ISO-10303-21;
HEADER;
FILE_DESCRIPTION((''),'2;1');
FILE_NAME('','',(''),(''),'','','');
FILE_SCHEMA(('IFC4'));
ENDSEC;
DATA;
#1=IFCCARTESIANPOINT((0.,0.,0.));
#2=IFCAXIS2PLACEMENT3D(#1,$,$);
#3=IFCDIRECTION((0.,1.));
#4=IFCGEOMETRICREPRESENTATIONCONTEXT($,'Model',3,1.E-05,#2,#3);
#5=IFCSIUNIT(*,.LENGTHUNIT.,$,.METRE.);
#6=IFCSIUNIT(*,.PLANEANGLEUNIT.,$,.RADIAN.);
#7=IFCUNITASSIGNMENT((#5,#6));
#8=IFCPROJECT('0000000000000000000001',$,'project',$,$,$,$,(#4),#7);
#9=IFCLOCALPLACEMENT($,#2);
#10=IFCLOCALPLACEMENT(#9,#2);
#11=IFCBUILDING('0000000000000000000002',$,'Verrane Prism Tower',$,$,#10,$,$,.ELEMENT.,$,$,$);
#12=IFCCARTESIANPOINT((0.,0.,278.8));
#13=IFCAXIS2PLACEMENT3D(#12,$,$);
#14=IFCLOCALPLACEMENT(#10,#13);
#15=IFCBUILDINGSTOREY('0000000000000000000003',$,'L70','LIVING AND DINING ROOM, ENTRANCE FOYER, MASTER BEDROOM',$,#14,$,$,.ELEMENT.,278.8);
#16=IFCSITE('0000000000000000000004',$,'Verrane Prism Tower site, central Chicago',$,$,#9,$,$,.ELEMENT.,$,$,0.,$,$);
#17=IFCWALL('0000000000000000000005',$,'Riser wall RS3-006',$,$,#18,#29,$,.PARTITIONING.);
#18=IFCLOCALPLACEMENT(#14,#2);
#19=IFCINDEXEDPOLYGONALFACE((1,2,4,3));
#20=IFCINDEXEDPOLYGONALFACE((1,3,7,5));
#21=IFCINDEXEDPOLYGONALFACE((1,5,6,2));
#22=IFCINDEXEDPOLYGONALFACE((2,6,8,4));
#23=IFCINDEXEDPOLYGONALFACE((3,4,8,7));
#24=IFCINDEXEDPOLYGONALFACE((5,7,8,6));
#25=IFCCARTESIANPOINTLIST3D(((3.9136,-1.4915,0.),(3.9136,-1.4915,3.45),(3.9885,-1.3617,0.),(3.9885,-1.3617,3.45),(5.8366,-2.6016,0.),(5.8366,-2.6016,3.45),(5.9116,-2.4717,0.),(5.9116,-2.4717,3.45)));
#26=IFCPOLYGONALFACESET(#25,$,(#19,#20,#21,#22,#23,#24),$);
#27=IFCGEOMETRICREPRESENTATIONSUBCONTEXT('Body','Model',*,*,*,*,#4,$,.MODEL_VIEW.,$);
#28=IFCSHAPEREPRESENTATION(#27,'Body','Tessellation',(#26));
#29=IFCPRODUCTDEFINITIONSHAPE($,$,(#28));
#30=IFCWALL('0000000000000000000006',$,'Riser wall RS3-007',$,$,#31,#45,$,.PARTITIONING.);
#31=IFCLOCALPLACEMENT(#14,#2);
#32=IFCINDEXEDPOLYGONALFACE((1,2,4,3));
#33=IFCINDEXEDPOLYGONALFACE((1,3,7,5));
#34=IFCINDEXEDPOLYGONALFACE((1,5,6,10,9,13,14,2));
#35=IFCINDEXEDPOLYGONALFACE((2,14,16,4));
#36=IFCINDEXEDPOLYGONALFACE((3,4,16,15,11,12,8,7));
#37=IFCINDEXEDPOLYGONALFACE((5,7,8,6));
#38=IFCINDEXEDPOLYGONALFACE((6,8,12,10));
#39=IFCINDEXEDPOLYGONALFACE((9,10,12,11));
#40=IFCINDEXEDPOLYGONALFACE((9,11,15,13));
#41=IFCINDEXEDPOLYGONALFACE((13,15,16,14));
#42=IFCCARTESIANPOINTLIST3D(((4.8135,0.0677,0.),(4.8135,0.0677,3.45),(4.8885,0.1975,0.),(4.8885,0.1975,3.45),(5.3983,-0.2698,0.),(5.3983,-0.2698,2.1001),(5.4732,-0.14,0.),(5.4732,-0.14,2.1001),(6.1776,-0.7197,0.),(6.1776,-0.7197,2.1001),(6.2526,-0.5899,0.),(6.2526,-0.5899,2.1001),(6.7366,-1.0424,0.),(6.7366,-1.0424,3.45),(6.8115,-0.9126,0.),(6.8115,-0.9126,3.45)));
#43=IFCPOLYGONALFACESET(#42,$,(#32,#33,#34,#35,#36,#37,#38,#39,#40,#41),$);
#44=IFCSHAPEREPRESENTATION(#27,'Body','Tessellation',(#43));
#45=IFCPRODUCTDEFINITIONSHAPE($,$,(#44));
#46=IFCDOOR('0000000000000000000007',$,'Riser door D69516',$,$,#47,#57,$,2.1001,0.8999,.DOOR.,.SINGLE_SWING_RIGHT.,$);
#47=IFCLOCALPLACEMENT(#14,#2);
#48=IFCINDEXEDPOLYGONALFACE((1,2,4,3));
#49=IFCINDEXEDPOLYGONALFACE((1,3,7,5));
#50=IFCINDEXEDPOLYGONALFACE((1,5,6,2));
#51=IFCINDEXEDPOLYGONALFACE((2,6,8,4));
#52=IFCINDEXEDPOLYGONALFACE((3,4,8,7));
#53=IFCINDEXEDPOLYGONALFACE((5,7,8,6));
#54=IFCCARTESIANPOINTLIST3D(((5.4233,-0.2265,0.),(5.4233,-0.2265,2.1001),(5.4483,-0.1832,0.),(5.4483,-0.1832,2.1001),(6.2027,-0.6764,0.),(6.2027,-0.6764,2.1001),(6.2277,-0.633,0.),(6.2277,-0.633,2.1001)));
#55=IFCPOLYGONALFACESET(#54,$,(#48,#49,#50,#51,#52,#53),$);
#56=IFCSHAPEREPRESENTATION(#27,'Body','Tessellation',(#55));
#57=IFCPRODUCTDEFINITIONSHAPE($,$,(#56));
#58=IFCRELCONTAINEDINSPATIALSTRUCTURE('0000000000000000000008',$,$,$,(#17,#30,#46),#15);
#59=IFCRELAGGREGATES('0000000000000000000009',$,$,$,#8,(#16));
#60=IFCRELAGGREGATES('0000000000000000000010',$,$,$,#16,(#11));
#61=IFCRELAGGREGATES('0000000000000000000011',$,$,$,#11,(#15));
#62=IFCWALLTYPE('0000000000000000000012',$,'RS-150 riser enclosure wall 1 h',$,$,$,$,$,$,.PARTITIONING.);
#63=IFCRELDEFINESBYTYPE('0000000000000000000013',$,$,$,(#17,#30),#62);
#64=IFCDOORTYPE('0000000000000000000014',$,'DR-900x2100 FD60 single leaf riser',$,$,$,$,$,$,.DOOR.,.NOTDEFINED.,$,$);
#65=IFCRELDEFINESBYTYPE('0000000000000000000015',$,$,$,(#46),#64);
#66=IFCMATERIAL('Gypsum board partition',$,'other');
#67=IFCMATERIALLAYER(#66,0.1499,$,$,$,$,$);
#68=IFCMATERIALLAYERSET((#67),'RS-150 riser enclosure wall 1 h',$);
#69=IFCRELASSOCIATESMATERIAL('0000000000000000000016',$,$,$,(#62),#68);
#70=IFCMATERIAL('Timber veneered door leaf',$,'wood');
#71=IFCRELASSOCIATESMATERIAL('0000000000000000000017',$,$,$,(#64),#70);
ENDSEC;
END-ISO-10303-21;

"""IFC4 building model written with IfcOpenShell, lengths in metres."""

from ifc_helpers import new_model, si_unit, direction, frame, frame_2d, origin, place, context, subcontext, project, spatial, rectangle, extrude, material, layer, layer_set, type_object, element, fill, save


model = new_model("IFC4")

# Units and contexts
model_context = context("Model", 3, precision=1e-05, world=origin(), true_north=direction((0.0, 1.0)))
body_context = subcontext(model_context, "Body", "Model", "MODEL_VIEW")
ifc_project = project(units=[si_unit("LENGTHUNIT", "METRE"), si_unit("PLANEANGLEUNIT", "RADIAN")], contexts=[model_context])

# Site, building, storey
site_placement = place(None, origin())
site = spatial("IfcSite", under=ifc_project, at=site_placement, Name="Verrane Prism Tower site, central Chicago", CompositionType="ELEMENT", RefElevation=0.0)
building_placement = place(site_placement, origin())
building = spatial("IfcBuilding", under=site, at=building_placement, Name="Verrane Prism Tower", CompositionType="ELEMENT")
storey_placement = place(building_placement, frame((0.0, 0.0, 278.8)))
storey = spatial("IfcBuildingStorey", under=building, at=storey_placement, Name="L70", Description="LIVING AND DINING ROOM, ENTRANCE FOYER, MASTER BEDROOM", CompositionType="ELEMENT", Elevation=278.8)

# Wall
ifc_material_1 = material(Name="Gypsum board partition", Category="other")
ifc_layer_1 = layer(ifc_material_1, 0.1499)
ifc_layer_set_1 = layer_set([ifc_layer_1], Name="RS-150 riser enclosure wall 1 h")
wall_type_1 = type_object("IfcWallType", Name="RS-150 riser enclosure wall 1 h", PredefinedType="PARTITIONING", material=ifc_layer_set_1)
wall_1_placement = place(storey_placement, frame((3.9509, -1.4265, 0.0), z_axis=(0.0, 0.0, 1.0), x_axis=(0.866063, -0.499935, 0.0)))
element("IfcWall", 1, at=wall_1_placement, inside=storey, type_object=wall_type_1, Name="Riser wall RS3-006", PredefinedType="PARTITIONING", context=body_context, shape_type="SweptSolid", body=[
    extrude(rectangle(XDim=2.2205, YDim=0.1499, at=frame_2d((1.1104, 0.0))), origin(), (0.0, 0.0, 1.0), 3.45),
])

# Wall, opening, door
wall_2_placement = place(storey_placement, frame((6.7742, -0.9775, 0.0), z_axis=(0.0, 0.0, 1.0), x_axis=(-0.866063, 0.499935, 0.0)))
wall_2 = element("IfcWall", 2, at=wall_2_placement, inside=storey, type_object=wall_type_1, Name="Riser wall RS3-007", PredefinedType="PARTITIONING", context=body_context, shape_type="SweptSolid", body=[
    extrude(rectangle(XDim=2.2205, YDim=0.1499, at=frame_2d((1.1104, 0.0))), origin(), (0.0, 0.0, 1.0), 3.45),
])
opening_1_placement = place(wall_2_placement, frame((0.6455, 0.0, 0.0)))
opening_1 = element("IfcOpeningElement", 3, at=opening_1_placement, cuts=wall_2, PredefinedType="OPENING", context=body_context, shape_type="SweptSolid", body=[
    extrude(rectangle(XDim=0.8999, YDim=2.1001, at=frame_2d((0.45, 1.05))), frame((0.0, 0.085, 0.0), z_axis=(0.0, -1.0, 0.0), x_axis=(1.0, 0.0, 0.0)), (0.0, 0.0, 1.0), 0.1699),
])
ifc_material_2 = material(Name="Timber veneered door leaf", Category="wood")
door_type_1 = type_object("IfcDoorType", Name="DR-900x2100 FD60 single leaf riser", OperationType="NOTDEFINED", PredefinedType="DOOR", material=ifc_material_2)
door_1_placement = place(opening_1_placement, origin())
door_1 = element("IfcDoor", 4, at=door_1_placement, inside=storey, type_object=door_type_1, Name="Riser door D69516", OperationType="SINGLE_SWING_RIGHT", OverallHeight=2.1001, OverallWidth=0.8999, PredefinedType="DOOR", context=body_context, shape_type="SweptSolid", body=[
    extrude(rectangle(XDim=0.8999, YDim=2.1001, at=frame_2d((0.45, 1.05))), frame((0.0, 0.0249, 0.0), z_axis=(0.0, -1.0, 0.0), x_axis=(1.0, 0.0, 0.0)), (0.0, 0.0, 1.0), 0.05),
])
fill(opening_1, door_1)

save(model, "model.ifc")
